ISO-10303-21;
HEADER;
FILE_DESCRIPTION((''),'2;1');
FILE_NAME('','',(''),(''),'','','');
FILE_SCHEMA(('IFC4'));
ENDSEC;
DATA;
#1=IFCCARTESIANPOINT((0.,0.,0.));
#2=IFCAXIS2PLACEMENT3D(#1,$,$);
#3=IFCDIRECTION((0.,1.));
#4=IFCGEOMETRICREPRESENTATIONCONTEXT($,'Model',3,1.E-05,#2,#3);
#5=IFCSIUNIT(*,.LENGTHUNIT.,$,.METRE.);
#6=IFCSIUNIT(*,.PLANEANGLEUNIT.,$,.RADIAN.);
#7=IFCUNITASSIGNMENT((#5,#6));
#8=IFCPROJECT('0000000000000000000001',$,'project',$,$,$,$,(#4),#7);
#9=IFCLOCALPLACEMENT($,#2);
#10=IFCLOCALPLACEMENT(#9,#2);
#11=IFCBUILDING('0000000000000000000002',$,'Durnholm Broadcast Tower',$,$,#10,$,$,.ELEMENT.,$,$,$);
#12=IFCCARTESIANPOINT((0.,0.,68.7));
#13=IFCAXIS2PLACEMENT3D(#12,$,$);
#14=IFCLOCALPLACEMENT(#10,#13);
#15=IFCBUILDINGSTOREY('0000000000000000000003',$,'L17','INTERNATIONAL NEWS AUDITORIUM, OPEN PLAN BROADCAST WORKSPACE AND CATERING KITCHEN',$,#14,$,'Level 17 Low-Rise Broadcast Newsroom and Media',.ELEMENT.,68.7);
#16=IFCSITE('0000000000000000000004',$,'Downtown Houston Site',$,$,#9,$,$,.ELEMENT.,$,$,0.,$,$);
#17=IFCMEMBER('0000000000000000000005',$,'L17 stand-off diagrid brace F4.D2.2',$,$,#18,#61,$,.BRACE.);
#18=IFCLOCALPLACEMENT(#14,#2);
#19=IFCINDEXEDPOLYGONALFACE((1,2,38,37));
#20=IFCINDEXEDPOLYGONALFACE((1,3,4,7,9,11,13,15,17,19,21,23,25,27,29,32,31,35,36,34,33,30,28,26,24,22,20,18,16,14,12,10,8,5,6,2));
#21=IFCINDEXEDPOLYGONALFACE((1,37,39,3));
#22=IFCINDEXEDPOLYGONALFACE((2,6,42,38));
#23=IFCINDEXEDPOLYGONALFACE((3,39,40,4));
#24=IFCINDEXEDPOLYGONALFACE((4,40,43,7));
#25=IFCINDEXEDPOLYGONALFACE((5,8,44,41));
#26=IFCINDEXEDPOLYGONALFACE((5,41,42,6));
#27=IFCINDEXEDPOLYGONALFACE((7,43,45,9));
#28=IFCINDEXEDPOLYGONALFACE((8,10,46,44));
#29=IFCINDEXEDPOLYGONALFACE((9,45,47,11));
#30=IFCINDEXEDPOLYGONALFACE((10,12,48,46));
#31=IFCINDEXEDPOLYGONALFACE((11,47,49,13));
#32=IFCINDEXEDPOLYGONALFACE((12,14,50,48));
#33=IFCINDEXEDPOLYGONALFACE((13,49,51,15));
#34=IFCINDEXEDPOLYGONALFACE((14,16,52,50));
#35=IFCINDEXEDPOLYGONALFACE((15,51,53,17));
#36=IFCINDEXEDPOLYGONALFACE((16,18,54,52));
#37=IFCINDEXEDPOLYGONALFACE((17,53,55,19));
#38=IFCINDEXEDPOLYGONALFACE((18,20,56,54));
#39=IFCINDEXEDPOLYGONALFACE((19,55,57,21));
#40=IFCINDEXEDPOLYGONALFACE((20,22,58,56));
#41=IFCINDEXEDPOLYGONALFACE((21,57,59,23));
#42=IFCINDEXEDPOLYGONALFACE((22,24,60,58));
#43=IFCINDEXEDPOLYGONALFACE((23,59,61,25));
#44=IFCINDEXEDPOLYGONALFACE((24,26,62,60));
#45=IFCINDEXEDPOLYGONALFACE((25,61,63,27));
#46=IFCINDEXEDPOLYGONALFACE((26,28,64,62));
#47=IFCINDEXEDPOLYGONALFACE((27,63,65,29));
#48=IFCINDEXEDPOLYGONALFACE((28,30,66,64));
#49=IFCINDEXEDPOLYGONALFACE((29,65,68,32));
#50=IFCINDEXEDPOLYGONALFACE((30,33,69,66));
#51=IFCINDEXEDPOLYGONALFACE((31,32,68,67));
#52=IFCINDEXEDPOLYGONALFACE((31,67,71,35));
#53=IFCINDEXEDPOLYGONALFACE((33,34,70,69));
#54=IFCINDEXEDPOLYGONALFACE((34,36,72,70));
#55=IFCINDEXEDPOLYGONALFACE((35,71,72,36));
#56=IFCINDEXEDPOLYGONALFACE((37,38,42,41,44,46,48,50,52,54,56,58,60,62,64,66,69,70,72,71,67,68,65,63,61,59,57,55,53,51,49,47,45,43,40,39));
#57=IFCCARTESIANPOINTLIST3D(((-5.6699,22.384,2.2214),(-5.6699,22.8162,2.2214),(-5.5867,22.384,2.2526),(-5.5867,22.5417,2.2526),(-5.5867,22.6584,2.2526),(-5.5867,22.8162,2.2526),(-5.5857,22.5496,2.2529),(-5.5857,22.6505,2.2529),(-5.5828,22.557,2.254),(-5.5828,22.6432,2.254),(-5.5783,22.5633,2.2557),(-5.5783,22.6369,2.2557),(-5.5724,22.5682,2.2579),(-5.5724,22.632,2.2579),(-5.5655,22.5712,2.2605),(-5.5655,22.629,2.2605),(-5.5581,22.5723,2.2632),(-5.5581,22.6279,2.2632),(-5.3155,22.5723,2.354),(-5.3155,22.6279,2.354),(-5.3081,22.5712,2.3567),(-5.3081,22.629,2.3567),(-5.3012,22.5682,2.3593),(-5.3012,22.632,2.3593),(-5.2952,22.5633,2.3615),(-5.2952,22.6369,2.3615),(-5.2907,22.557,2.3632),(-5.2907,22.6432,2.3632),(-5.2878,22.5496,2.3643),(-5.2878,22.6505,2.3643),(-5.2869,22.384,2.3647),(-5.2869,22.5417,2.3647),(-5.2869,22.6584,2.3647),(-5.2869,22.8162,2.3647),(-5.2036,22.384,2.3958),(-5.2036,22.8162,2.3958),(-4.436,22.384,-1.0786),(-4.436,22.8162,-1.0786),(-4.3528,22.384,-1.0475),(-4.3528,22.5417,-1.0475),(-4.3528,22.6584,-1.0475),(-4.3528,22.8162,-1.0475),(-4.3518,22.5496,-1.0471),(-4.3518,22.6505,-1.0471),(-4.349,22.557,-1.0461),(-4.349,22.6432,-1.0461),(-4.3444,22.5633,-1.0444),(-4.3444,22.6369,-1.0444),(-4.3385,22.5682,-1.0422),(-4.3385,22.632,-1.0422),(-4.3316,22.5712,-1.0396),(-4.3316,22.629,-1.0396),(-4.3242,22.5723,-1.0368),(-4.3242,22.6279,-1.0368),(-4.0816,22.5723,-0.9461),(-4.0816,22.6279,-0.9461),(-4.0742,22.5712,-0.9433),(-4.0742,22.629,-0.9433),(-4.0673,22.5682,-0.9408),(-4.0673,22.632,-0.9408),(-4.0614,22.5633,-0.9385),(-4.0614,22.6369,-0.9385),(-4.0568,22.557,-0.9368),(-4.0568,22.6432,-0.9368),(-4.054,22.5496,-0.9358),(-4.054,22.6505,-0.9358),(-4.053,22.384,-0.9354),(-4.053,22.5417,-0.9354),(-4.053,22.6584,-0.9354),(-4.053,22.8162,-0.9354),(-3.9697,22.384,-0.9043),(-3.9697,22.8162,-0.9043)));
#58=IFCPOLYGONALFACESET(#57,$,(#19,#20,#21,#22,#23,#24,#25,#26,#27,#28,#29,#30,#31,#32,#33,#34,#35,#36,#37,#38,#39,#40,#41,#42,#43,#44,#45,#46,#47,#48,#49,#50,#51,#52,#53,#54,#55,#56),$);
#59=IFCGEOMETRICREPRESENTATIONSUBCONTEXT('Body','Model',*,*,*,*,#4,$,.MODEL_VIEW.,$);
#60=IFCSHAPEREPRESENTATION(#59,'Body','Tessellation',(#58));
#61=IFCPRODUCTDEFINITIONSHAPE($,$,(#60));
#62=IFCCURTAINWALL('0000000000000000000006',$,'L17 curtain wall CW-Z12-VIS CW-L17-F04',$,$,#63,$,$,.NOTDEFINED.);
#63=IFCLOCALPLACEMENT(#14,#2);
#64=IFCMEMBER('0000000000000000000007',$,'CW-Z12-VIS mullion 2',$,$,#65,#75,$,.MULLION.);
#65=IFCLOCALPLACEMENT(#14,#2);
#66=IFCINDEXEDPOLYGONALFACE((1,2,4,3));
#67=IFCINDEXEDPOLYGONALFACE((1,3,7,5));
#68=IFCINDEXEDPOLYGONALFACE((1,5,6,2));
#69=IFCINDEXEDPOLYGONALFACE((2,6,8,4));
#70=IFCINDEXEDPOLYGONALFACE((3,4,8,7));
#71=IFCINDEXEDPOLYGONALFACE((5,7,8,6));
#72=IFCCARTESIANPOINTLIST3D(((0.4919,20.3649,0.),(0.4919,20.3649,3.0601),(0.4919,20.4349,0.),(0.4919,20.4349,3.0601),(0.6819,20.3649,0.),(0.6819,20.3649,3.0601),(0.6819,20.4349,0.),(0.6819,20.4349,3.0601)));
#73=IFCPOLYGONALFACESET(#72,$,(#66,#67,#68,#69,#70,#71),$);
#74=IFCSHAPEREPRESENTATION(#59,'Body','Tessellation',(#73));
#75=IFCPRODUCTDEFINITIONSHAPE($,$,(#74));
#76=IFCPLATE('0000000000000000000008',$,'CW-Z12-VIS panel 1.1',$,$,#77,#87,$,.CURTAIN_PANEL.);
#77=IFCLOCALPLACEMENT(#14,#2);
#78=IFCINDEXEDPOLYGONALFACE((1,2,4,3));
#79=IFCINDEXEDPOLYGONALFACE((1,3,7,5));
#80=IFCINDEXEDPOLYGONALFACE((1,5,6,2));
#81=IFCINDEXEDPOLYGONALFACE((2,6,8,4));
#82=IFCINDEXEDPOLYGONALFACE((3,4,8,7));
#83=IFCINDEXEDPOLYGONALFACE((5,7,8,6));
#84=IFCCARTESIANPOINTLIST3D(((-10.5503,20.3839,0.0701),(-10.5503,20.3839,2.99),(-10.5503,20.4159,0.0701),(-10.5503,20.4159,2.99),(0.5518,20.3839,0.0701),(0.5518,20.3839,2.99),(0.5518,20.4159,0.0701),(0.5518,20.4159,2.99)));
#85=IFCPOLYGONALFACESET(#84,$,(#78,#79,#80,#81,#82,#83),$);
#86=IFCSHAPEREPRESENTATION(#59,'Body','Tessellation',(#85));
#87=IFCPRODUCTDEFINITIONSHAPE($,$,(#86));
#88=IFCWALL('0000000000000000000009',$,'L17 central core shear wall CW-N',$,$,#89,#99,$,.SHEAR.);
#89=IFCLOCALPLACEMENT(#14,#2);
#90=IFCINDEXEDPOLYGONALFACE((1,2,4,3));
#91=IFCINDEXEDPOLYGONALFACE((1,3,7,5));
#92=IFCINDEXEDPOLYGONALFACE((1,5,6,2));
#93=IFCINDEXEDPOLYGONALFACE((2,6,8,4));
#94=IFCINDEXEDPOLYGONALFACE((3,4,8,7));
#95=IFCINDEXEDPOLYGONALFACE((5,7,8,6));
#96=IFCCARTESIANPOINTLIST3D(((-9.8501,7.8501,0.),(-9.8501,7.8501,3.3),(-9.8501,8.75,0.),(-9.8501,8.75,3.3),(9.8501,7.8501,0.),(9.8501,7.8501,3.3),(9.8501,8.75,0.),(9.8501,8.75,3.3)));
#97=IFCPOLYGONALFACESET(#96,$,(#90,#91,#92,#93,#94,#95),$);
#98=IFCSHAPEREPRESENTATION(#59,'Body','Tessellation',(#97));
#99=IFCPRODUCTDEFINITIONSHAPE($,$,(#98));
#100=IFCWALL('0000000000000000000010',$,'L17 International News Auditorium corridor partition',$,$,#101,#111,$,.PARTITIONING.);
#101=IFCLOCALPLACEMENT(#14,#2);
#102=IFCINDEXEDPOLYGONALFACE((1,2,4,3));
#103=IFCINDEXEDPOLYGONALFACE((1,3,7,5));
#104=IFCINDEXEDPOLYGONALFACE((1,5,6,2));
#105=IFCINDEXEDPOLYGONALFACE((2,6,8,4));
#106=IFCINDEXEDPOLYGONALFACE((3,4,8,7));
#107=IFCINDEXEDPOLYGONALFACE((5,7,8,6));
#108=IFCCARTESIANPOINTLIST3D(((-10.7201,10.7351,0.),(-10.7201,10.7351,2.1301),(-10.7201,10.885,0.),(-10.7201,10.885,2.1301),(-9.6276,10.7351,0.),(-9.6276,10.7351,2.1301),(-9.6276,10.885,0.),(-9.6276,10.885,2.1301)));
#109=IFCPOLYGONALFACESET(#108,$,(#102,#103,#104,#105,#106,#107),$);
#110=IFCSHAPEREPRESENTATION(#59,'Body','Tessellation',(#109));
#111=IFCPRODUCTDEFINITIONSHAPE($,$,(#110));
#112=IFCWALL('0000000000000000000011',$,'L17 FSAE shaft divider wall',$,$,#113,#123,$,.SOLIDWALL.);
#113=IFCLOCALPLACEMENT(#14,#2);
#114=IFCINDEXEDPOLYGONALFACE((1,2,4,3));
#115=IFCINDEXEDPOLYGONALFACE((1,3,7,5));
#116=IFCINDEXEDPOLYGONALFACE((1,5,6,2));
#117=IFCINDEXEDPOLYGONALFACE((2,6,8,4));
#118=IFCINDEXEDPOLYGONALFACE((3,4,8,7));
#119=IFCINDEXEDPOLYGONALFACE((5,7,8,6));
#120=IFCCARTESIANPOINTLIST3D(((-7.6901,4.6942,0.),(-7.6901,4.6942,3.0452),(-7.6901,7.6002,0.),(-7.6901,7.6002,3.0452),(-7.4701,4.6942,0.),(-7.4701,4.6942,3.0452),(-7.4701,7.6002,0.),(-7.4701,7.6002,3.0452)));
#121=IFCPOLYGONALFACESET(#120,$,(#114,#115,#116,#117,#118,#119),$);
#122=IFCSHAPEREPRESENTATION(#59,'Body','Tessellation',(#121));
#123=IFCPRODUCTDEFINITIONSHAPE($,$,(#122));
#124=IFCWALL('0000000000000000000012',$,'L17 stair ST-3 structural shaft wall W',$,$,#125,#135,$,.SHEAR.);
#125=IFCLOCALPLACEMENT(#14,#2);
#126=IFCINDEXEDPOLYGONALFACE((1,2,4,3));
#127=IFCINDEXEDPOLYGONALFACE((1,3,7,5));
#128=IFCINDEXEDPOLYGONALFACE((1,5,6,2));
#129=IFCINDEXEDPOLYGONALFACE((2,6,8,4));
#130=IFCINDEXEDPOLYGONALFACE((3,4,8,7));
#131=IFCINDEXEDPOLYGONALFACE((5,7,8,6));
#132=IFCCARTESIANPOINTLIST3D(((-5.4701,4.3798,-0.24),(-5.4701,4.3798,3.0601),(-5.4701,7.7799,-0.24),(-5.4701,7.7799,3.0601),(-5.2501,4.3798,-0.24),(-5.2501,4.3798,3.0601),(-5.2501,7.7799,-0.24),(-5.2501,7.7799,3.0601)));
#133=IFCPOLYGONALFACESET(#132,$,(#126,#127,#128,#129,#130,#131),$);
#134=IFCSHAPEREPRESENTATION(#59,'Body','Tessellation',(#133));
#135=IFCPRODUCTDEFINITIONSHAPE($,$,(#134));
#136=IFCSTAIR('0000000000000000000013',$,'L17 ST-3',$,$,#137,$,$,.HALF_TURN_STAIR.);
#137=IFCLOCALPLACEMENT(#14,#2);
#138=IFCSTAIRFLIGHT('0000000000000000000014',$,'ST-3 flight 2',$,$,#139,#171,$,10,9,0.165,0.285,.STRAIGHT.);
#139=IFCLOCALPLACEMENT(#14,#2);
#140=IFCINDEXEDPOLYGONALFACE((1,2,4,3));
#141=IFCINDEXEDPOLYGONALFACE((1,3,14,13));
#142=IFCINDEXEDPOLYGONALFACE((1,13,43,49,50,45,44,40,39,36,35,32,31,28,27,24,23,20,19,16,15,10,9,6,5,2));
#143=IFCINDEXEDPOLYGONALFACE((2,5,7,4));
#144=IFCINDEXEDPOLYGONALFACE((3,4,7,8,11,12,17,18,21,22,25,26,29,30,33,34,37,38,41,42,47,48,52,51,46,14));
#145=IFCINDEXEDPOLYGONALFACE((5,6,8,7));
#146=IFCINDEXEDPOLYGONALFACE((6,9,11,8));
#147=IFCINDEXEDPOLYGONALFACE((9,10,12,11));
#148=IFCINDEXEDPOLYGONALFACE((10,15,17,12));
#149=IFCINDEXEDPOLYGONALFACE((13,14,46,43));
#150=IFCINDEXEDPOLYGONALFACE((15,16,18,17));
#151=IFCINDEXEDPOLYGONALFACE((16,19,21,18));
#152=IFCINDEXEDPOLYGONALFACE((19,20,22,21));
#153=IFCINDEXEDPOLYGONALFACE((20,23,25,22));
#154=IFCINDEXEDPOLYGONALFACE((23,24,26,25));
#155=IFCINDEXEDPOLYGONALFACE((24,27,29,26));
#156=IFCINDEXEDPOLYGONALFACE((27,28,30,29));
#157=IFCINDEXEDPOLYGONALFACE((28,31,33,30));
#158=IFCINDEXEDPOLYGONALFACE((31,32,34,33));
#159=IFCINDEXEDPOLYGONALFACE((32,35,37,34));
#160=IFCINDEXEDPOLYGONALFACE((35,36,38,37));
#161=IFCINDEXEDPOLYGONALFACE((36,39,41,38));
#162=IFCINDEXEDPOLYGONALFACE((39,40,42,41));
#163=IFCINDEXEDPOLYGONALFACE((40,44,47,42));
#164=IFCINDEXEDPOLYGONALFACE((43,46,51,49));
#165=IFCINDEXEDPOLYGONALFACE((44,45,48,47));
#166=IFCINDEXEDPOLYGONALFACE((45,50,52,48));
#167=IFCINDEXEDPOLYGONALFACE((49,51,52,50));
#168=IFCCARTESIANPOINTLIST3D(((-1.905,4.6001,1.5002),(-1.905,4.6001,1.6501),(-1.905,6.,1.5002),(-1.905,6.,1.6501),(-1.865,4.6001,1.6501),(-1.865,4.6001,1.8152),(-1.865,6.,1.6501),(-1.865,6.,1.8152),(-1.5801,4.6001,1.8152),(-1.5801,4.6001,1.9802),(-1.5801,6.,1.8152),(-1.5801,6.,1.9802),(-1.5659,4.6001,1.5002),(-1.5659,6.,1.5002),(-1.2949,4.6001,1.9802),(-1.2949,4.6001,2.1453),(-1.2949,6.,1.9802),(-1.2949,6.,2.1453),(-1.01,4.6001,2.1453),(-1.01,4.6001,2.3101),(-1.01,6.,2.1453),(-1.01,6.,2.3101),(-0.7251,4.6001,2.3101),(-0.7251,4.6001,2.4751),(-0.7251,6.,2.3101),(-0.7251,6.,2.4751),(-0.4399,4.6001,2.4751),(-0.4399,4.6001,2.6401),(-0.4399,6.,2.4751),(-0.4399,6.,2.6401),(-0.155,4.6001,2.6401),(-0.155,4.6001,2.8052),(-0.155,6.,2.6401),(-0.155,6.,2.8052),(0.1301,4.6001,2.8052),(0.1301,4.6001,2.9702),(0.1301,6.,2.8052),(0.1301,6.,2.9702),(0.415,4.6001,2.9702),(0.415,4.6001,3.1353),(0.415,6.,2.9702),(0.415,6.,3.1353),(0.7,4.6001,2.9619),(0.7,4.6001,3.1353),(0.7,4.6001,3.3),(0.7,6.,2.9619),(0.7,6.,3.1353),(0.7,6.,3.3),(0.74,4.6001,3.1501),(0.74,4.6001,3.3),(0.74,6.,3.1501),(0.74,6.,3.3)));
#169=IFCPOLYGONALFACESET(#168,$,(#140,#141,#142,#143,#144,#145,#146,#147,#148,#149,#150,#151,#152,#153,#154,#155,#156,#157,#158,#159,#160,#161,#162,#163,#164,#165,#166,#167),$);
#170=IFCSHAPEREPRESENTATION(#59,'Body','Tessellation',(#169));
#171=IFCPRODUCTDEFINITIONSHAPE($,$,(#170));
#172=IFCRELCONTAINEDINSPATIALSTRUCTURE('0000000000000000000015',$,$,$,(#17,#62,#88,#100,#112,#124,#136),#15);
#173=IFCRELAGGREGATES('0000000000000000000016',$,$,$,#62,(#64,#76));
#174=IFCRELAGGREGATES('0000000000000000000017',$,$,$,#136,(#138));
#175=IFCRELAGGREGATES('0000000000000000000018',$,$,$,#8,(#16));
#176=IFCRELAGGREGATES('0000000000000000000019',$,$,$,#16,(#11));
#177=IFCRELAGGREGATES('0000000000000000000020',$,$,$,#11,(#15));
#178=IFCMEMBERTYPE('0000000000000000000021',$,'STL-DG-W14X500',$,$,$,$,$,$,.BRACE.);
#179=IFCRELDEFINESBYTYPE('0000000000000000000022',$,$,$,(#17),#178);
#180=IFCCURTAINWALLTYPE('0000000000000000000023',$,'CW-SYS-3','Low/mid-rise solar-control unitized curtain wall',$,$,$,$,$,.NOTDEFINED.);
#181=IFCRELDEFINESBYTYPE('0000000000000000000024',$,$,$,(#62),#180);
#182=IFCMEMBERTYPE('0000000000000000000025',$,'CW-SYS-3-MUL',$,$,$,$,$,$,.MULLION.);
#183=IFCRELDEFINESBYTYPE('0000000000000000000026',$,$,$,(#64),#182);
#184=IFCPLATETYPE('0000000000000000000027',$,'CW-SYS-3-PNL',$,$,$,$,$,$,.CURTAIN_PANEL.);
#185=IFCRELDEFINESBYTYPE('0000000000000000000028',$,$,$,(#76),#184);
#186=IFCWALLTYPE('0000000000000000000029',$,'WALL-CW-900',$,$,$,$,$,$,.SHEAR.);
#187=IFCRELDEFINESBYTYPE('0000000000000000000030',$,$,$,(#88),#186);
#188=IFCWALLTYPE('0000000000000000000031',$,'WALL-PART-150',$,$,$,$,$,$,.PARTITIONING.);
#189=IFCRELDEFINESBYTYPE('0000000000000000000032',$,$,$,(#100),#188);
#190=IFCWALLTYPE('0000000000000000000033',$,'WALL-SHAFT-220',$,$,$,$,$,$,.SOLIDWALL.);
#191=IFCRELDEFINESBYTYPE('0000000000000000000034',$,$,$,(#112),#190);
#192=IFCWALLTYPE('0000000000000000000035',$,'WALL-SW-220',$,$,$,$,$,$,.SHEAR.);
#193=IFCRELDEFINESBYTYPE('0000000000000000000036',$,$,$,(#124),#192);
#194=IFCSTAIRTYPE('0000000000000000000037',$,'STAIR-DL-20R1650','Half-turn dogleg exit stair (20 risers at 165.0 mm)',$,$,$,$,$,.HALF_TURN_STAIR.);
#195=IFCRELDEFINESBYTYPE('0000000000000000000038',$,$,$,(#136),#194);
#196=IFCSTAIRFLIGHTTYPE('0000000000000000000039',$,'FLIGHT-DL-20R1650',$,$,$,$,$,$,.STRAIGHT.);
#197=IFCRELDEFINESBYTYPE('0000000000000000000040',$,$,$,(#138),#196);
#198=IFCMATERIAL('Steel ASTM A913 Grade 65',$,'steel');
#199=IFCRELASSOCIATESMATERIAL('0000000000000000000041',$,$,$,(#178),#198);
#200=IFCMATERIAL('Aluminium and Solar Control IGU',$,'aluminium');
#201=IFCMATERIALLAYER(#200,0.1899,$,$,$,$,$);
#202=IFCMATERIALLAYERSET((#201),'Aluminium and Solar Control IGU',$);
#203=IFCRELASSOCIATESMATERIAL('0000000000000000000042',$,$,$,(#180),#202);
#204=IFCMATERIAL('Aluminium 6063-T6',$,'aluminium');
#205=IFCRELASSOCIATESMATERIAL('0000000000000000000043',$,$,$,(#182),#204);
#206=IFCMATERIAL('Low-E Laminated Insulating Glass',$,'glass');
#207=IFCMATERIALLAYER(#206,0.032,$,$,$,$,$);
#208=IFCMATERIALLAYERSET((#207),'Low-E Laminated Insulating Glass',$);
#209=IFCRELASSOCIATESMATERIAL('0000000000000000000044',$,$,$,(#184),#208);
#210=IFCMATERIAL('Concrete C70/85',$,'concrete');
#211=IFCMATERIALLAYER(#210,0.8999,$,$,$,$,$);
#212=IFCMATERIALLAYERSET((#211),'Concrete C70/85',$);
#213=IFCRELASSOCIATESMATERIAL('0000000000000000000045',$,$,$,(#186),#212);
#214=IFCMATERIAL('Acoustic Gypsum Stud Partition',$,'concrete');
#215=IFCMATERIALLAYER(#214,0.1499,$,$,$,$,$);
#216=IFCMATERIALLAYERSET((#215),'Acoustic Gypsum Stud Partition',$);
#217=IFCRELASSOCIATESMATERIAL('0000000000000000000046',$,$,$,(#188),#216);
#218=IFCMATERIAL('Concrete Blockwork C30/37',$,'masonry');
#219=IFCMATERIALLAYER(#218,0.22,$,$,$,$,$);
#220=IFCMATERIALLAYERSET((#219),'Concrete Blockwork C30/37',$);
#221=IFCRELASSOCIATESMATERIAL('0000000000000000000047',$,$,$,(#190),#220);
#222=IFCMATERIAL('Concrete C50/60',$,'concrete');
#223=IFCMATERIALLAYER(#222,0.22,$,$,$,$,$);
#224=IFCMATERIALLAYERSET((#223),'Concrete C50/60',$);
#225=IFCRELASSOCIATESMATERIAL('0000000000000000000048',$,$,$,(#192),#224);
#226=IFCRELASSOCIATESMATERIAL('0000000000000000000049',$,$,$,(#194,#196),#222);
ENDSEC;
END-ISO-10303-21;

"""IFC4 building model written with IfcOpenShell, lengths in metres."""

from ifc_helpers import new_model, si_unit, direction, frame, frame_2d, origin, origin_2d, place, context, subcontext, project, spatial, polyline, rectangle, i_section, outline, extrude, source, transform, mapped, material, layer, layer_set, material_profile, profile_set, type_object, type_shapes, element, aggregate, save


model = new_model("IFC4")

# Units and contexts
model_context = context("Model", 3, precision=1e-05, world=origin(), true_north=direction((0.0, 1.0)))
body_context = subcontext(model_context, "Body", "Model", "MODEL_VIEW")
ifc_project = project(units=[si_unit("LENGTHUNIT", "METRE"), si_unit("PLANEANGLEUNIT", "RADIAN")], contexts=[model_context])

# Site, building, storey
site_placement = place(None, origin())
site = spatial("IfcSite", under=ifc_project, at=site_placement, Name="Downtown Houston Site", CompositionType="ELEMENT", RefElevation=0.0)
building_placement = place(site_placement, origin())
building = spatial("IfcBuilding", under=site, at=building_placement, Name="Durnholm Broadcast Tower", CompositionType="ELEMENT")
storey_placement = place(building_placement, frame((0.0, 0.0, 68.7)))
storey = spatial("IfcBuildingStorey", under=building, at=storey_placement, Name="L17", Description="INTERNATIONAL NEWS AUDITORIUM, OPEN PLAN BROADCAST WORKSPACE AND CATERING KITCHEN", LongName="Level 17 Low-Rise Broadcast Newsroom and Media", CompositionType="ELEMENT", Elevation=68.7)

# Shared definitions
ifc_material_1 = material(Name="Concrete C70/85", Category="concrete")

# Member
ifc_material_2 = material(Name="Steel ASTM A913 Grade 65", Category="steel")
ifc_material_profile_1 = material_profile(ifc_material_2, i_section(OverallWidth=0.4321, OverallDepth=0.4978, WebThickness=0.0557, FlangeThickness=0.0889, FilletRadius=0.0305, at=origin_2d()), Name="W14X500")
ifc_profile_set_1 = profile_set([ifc_material_profile_1], Name="Steel ASTM A913 Grade 65")
member_type_1 = type_object("IfcMemberType", Name="STL-DG-W14X500", PredefinedType="BRACE", material=ifc_profile_set_1)
shared_shape_1 = source(origin(), body_context, "Body", "SweptSolid", [
    extrude(i_section(OverallWidth=0.4321, OverallDepth=0.4978, WebThickness=0.0557, FlangeThickness=0.0889, FilletRadius=0.0305, at=origin_2d()), origin(), (0.0, 0.0, 1.0), 3.5232),
])
type_shapes(member_type_1, [shared_shape_1])
for number, where, z_axis, x_axis, name in (
    (1, (-4.2029, 22.6001, -0.9915), (-0.35022, 0.0, 0.936668), (0.0, -1.0, 0.0), "L17 stand-off diagrid brace F4.D2.2"),
):
    element("IfcMember", number, at=place(storey_placement, frame(where, z_axis=z_axis, x_axis=x_axis)), inside=storey, type_object=member_type_1, Name=name, PredefinedType="BRACE", context=body_context, shape_type="MappedRepresentation", body=[
        mapped(shared_shape_1, transform((0.0, 0.0, 0.0), x_axis=(1.0, 0.0, 0.0), y_axis=(0.0, 1.0, 0.0), z_axis=(0.0, 0.0, 1.0), scale=1.0)),
    ])

# Curtain wall, member, plate
ifc_material_3 = material(Name="Aluminium and Solar Control IGU", Category="aluminium")
ifc_layer_1 = layer(ifc_material_3, 0.1899)
ifc_layer_set_1 = layer_set([ifc_layer_1], Name="Aluminium and Solar Control IGU")
curtain_wall_type = type_object("IfcCurtainWallType", Name="CW-SYS-3", Description="Low/mid-rise solar-control unitized curtain wall", PredefinedType="NOTDEFINED", material=ifc_layer_set_1)
curtain_wall_placement = place(storey_placement, origin())
curtain_wall = element("IfcCurtainWall", 2, at=curtain_wall_placement, inside=storey, type_object=curtain_wall_type, Name="L17 curtain wall CW-Z12-VIS CW-L17-F04", PredefinedType="NOTDEFINED")
ifc_material_4 = material(Name="Aluminium 6063-T6", Category="aluminium")
ifc_material_profile_2 = material_profile(ifc_material_4, rectangle(XDim=0.0701, YDim=0.1899, at=origin_2d()), Name="CWM70X190")
ifc_profile_set_2 = profile_set([ifc_material_profile_2], Name="Aluminium 6063-T6")
member_type_2 = type_object("IfcMemberType", Name="CW-SYS-3-MUL", PredefinedType="MULLION", material=ifc_profile_set_2)
shared_shape_2 = source(origin(), body_context, "Body", "SweptSolid", [
    extrude(rectangle(XDim=0.0701, YDim=0.1899, at=origin_2d()), origin(), (0.0, 0.0, 1.0), 3.0601),
])
type_shapes(member_type_2, [shared_shape_2])
member_placement = place(storey_placement, frame((0.5869, 20.3999, 0.0), z_axis=(0.0, 0.0, 1.0), x_axis=(0.0, 1.0, 0.0)))
member = element("IfcMember", 3, at=member_placement, type_object=member_type_2, Name="CW-Z12-VIS mullion 2", PredefinedType="MULLION", context=body_context, shape_type="MappedRepresentation", body=[
    mapped(shared_shape_2, transform((0.0, 0.0, 0.0), x_axis=(1.0, 0.0, 0.0), y_axis=(0.0, 1.0, 0.0), z_axis=(0.0, 0.0, 1.0), scale=1.0)),
])
ifc_material_5 = material(Name="Low-E Laminated Insulating Glass", Category="glass")
ifc_layer_2 = layer(ifc_material_5, 0.032)
ifc_layer_set_2 = layer_set([ifc_layer_2], Name="Low-E Laminated Insulating Glass")
plate_type = type_object("IfcPlateType", Name="CW-SYS-3-PNL", PredefinedType="CURTAIN_PANEL", material=ifc_layer_set_2)
shared_shape_3 = source(origin(), body_context, "Body", "SweptSolid", [
    extrude(rectangle(XDim=11.1021, YDim=0.032, at=origin_2d()), origin(), (0.0, 0.0, 1.0), 2.9199),
])
type_shapes(plate_type, [shared_shape_3])
plate_placement = place(storey_placement, frame((-4.9993, 20.3999, 0.0701), z_axis=(0.0, 0.0, 1.0), x_axis=(1.0, 0.0, 0.0)))
plate = element("IfcPlate", 4, at=plate_placement, type_object=plate_type, Name="CW-Z12-VIS panel 1.1", PredefinedType="CURTAIN_PANEL", context=body_context, shape_type="MappedRepresentation", body=[
    mapped(shared_shape_3, transform((0.0, 0.0, 0.0), x_axis=(1.0, 0.0, 0.0), y_axis=(0.0, 1.0, 0.0), z_axis=(0.0, 0.0, 1.0), scale=1.0)),
])
aggregate(curtain_wall, [member, plate])

# Walls
ifc_layer_3 = layer(ifc_material_1, 0.8999)
ifc_layer_set_3 = layer_set([ifc_layer_3], Name="Concrete C70/85")
wall_type_1 = type_object("IfcWallType", Name="WALL-CW-900", PredefinedType="SHEAR", material=ifc_layer_set_3)
wall_1_placement = place(storey_placement, frame((-9.8501, 8.3, 0.0), z_axis=(0.0, 0.0, 1.0), x_axis=(1.0, 0.0, 0.0)))
element("IfcWall", 5, at=wall_1_placement, inside=storey, type_object=wall_type_1, Name="L17 central core shear wall CW-N", PredefinedType="SHEAR", context=body_context, shape_type="SweptSolid", body=[
    extrude(rectangle(XDim=19.7002, YDim=0.8999, at=frame_2d((9.8501, 0.0))), origin(), (0.0, 0.0, 1.0), 3.3),
])
ifc_material_6 = material(Name="Acoustic Gypsum Stud Partition", Category="concrete")
ifc_layer_4 = layer(ifc_material_6, 0.1499)
ifc_layer_set_4 = layer_set([ifc_layer_4], Name="Acoustic Gypsum Stud Partition")
wall_type_2 = type_object("IfcWallType", Name="WALL-PART-150", PredefinedType="PARTITIONING", material=ifc_layer_set_4)
wall_2_placement = place(storey_placement, frame((-9.6274, 10.8101, 0.0), z_axis=(0.0, 0.0, 1.0), x_axis=(-1.0, 0.0, 0.0)))
element("IfcWall", 6, at=wall_2_placement, inside=storey, type_object=wall_type_2, Name="L17 International News Auditorium corridor partition", PredefinedType="PARTITIONING", context=body_context, shape_type="SweptSolid", body=[
    extrude(rectangle(XDim=1.0925, YDim=0.1499, at=frame_2d((0.5464, 0.0))), origin(), (0.0, 0.0, 1.0), 2.1301),
])
ifc_material_7 = material(Name="Concrete Blockwork C30/37", Category="masonry")
ifc_layer_5 = layer(ifc_material_7, 0.22)
ifc_layer_set_5 = layer_set([ifc_layer_5], Name="Concrete Blockwork C30/37")
wall_type_3 = type_object("IfcWallType", Name="WALL-SHAFT-220", PredefinedType="SOLIDWALL", material=ifc_layer_set_5)
wall_3_placement = place(storey_placement, frame((-7.5801, 4.6941, 0.0), z_axis=(0.0, 0.0, 1.0), x_axis=(0.0, 1.0, 0.0)))
element("IfcWall", 7, at=wall_3_placement, inside=storey, type_object=wall_type_3, Name="L17 FSAE shaft divider wall", PredefinedType="SOLIDWALL", context=body_context, shape_type="SweptSolid", body=[
    extrude(rectangle(XDim=2.906, YDim=0.22, at=frame_2d((1.4531, 0.0))), origin(), (0.0, 0.0, 1.0), 3.0452),
])
ifc_material_8 = material(Name="Concrete C50/60", Category="concrete")
ifc_layer_6 = layer(ifc_material_8, 0.22)
ifc_layer_set_6 = layer_set([ifc_layer_6], Name="Concrete C50/60")
wall_type_4 = type_object("IfcWallType", Name="WALL-SW-220", PredefinedType="SHEAR", material=ifc_layer_set_6)
wall_4_placement = place(storey_placement, frame((-5.3601, 7.78, -0.24), z_axis=(0.0, 0.0, 1.0), x_axis=(0.0, -1.0, 0.0)))
element("IfcWall", 8, at=wall_4_placement, inside=storey, type_object=wall_type_4, Name="L17 stair ST-3 structural shaft wall W", PredefinedType="SHEAR", context=body_context, shape_type="SweptSolid", body=[
    extrude(rectangle(XDim=3.4001, YDim=0.22, at=frame_2d((1.7002, 0.0))), origin(), (0.0, 0.0, 1.0), 3.3),
])

# Stair, stair flight
stair_type = type_object("IfcStairType", Name="STAIR-DL-20R1650", Description="Half-turn dogleg exit stair (20 risers at 165.0 mm)", PredefinedType="HALF_TURN_STAIR", material=ifc_material_8)
stair_placement = place(storey_placement, origin())
stair = element("IfcStair", 9, at=stair_placement, inside=storey, type_object=stair_type, Name="L17 ST-3", PredefinedType="HALF_TURN_STAIR")
stair_flight_type = type_object("IfcStairFlightType", Name="FLIGHT-DL-20R1650", PredefinedType="STRAIGHT", material=ifc_material_8)
stair_flight_placement = place(storey_placement, frame((-1.865, 5.3, 1.6501), z_axis=(0.0, 0.0, 1.0), x_axis=(1.0, 0.0, 0.0)))
stair_flight = element("IfcStairFlight", 10, at=stair_flight_placement, type_object=stair_flight_type, Name="ST-3 flight 2", NumberOfRisers=10, NumberOfTreads=9, PredefinedType="STRAIGHT", RiserHeight=0.165, TreadLength=0.285, context=body_context, shape_type="SweptSolid", body=[
    extrude(outline(polyline([(-0.04, -0.1499), (-0.04, 0.0), (0.0, 0.0), (0.0, 0.165), (0.2849, 0.165), (0.2849, 0.3301), (0.5701, 0.3301), (0.5701, 0.4951), (0.855, 0.4951), (0.855, 0.6599), (1.1399, 0.6599), (1.1399, 0.825), (1.425, 0.825), (1.425, 0.99), (1.71, 0.99), (1.71, 1.155), (1.9951, 1.155), (1.9951, 1.3201), (2.28, 1.3201), (2.28, 1.4851), (2.5649, 1.4851), (2.5649, 1.6499), (2.605, 1.6499), (2.605, 1.5), (2.5649, 1.3118), (0.2991, -0.1499), (-0.04, -0.1499)])), frame((0.0, 0.7, 0.0), z_axis=(0.0, -1.0, 0.0), x_axis=(1.0, 0.0, 0.0)), (0.0, 0.0, 1.0), 1.3999),
])
aggregate(stair, [stair_flight])

save(model, "model.ifc")
